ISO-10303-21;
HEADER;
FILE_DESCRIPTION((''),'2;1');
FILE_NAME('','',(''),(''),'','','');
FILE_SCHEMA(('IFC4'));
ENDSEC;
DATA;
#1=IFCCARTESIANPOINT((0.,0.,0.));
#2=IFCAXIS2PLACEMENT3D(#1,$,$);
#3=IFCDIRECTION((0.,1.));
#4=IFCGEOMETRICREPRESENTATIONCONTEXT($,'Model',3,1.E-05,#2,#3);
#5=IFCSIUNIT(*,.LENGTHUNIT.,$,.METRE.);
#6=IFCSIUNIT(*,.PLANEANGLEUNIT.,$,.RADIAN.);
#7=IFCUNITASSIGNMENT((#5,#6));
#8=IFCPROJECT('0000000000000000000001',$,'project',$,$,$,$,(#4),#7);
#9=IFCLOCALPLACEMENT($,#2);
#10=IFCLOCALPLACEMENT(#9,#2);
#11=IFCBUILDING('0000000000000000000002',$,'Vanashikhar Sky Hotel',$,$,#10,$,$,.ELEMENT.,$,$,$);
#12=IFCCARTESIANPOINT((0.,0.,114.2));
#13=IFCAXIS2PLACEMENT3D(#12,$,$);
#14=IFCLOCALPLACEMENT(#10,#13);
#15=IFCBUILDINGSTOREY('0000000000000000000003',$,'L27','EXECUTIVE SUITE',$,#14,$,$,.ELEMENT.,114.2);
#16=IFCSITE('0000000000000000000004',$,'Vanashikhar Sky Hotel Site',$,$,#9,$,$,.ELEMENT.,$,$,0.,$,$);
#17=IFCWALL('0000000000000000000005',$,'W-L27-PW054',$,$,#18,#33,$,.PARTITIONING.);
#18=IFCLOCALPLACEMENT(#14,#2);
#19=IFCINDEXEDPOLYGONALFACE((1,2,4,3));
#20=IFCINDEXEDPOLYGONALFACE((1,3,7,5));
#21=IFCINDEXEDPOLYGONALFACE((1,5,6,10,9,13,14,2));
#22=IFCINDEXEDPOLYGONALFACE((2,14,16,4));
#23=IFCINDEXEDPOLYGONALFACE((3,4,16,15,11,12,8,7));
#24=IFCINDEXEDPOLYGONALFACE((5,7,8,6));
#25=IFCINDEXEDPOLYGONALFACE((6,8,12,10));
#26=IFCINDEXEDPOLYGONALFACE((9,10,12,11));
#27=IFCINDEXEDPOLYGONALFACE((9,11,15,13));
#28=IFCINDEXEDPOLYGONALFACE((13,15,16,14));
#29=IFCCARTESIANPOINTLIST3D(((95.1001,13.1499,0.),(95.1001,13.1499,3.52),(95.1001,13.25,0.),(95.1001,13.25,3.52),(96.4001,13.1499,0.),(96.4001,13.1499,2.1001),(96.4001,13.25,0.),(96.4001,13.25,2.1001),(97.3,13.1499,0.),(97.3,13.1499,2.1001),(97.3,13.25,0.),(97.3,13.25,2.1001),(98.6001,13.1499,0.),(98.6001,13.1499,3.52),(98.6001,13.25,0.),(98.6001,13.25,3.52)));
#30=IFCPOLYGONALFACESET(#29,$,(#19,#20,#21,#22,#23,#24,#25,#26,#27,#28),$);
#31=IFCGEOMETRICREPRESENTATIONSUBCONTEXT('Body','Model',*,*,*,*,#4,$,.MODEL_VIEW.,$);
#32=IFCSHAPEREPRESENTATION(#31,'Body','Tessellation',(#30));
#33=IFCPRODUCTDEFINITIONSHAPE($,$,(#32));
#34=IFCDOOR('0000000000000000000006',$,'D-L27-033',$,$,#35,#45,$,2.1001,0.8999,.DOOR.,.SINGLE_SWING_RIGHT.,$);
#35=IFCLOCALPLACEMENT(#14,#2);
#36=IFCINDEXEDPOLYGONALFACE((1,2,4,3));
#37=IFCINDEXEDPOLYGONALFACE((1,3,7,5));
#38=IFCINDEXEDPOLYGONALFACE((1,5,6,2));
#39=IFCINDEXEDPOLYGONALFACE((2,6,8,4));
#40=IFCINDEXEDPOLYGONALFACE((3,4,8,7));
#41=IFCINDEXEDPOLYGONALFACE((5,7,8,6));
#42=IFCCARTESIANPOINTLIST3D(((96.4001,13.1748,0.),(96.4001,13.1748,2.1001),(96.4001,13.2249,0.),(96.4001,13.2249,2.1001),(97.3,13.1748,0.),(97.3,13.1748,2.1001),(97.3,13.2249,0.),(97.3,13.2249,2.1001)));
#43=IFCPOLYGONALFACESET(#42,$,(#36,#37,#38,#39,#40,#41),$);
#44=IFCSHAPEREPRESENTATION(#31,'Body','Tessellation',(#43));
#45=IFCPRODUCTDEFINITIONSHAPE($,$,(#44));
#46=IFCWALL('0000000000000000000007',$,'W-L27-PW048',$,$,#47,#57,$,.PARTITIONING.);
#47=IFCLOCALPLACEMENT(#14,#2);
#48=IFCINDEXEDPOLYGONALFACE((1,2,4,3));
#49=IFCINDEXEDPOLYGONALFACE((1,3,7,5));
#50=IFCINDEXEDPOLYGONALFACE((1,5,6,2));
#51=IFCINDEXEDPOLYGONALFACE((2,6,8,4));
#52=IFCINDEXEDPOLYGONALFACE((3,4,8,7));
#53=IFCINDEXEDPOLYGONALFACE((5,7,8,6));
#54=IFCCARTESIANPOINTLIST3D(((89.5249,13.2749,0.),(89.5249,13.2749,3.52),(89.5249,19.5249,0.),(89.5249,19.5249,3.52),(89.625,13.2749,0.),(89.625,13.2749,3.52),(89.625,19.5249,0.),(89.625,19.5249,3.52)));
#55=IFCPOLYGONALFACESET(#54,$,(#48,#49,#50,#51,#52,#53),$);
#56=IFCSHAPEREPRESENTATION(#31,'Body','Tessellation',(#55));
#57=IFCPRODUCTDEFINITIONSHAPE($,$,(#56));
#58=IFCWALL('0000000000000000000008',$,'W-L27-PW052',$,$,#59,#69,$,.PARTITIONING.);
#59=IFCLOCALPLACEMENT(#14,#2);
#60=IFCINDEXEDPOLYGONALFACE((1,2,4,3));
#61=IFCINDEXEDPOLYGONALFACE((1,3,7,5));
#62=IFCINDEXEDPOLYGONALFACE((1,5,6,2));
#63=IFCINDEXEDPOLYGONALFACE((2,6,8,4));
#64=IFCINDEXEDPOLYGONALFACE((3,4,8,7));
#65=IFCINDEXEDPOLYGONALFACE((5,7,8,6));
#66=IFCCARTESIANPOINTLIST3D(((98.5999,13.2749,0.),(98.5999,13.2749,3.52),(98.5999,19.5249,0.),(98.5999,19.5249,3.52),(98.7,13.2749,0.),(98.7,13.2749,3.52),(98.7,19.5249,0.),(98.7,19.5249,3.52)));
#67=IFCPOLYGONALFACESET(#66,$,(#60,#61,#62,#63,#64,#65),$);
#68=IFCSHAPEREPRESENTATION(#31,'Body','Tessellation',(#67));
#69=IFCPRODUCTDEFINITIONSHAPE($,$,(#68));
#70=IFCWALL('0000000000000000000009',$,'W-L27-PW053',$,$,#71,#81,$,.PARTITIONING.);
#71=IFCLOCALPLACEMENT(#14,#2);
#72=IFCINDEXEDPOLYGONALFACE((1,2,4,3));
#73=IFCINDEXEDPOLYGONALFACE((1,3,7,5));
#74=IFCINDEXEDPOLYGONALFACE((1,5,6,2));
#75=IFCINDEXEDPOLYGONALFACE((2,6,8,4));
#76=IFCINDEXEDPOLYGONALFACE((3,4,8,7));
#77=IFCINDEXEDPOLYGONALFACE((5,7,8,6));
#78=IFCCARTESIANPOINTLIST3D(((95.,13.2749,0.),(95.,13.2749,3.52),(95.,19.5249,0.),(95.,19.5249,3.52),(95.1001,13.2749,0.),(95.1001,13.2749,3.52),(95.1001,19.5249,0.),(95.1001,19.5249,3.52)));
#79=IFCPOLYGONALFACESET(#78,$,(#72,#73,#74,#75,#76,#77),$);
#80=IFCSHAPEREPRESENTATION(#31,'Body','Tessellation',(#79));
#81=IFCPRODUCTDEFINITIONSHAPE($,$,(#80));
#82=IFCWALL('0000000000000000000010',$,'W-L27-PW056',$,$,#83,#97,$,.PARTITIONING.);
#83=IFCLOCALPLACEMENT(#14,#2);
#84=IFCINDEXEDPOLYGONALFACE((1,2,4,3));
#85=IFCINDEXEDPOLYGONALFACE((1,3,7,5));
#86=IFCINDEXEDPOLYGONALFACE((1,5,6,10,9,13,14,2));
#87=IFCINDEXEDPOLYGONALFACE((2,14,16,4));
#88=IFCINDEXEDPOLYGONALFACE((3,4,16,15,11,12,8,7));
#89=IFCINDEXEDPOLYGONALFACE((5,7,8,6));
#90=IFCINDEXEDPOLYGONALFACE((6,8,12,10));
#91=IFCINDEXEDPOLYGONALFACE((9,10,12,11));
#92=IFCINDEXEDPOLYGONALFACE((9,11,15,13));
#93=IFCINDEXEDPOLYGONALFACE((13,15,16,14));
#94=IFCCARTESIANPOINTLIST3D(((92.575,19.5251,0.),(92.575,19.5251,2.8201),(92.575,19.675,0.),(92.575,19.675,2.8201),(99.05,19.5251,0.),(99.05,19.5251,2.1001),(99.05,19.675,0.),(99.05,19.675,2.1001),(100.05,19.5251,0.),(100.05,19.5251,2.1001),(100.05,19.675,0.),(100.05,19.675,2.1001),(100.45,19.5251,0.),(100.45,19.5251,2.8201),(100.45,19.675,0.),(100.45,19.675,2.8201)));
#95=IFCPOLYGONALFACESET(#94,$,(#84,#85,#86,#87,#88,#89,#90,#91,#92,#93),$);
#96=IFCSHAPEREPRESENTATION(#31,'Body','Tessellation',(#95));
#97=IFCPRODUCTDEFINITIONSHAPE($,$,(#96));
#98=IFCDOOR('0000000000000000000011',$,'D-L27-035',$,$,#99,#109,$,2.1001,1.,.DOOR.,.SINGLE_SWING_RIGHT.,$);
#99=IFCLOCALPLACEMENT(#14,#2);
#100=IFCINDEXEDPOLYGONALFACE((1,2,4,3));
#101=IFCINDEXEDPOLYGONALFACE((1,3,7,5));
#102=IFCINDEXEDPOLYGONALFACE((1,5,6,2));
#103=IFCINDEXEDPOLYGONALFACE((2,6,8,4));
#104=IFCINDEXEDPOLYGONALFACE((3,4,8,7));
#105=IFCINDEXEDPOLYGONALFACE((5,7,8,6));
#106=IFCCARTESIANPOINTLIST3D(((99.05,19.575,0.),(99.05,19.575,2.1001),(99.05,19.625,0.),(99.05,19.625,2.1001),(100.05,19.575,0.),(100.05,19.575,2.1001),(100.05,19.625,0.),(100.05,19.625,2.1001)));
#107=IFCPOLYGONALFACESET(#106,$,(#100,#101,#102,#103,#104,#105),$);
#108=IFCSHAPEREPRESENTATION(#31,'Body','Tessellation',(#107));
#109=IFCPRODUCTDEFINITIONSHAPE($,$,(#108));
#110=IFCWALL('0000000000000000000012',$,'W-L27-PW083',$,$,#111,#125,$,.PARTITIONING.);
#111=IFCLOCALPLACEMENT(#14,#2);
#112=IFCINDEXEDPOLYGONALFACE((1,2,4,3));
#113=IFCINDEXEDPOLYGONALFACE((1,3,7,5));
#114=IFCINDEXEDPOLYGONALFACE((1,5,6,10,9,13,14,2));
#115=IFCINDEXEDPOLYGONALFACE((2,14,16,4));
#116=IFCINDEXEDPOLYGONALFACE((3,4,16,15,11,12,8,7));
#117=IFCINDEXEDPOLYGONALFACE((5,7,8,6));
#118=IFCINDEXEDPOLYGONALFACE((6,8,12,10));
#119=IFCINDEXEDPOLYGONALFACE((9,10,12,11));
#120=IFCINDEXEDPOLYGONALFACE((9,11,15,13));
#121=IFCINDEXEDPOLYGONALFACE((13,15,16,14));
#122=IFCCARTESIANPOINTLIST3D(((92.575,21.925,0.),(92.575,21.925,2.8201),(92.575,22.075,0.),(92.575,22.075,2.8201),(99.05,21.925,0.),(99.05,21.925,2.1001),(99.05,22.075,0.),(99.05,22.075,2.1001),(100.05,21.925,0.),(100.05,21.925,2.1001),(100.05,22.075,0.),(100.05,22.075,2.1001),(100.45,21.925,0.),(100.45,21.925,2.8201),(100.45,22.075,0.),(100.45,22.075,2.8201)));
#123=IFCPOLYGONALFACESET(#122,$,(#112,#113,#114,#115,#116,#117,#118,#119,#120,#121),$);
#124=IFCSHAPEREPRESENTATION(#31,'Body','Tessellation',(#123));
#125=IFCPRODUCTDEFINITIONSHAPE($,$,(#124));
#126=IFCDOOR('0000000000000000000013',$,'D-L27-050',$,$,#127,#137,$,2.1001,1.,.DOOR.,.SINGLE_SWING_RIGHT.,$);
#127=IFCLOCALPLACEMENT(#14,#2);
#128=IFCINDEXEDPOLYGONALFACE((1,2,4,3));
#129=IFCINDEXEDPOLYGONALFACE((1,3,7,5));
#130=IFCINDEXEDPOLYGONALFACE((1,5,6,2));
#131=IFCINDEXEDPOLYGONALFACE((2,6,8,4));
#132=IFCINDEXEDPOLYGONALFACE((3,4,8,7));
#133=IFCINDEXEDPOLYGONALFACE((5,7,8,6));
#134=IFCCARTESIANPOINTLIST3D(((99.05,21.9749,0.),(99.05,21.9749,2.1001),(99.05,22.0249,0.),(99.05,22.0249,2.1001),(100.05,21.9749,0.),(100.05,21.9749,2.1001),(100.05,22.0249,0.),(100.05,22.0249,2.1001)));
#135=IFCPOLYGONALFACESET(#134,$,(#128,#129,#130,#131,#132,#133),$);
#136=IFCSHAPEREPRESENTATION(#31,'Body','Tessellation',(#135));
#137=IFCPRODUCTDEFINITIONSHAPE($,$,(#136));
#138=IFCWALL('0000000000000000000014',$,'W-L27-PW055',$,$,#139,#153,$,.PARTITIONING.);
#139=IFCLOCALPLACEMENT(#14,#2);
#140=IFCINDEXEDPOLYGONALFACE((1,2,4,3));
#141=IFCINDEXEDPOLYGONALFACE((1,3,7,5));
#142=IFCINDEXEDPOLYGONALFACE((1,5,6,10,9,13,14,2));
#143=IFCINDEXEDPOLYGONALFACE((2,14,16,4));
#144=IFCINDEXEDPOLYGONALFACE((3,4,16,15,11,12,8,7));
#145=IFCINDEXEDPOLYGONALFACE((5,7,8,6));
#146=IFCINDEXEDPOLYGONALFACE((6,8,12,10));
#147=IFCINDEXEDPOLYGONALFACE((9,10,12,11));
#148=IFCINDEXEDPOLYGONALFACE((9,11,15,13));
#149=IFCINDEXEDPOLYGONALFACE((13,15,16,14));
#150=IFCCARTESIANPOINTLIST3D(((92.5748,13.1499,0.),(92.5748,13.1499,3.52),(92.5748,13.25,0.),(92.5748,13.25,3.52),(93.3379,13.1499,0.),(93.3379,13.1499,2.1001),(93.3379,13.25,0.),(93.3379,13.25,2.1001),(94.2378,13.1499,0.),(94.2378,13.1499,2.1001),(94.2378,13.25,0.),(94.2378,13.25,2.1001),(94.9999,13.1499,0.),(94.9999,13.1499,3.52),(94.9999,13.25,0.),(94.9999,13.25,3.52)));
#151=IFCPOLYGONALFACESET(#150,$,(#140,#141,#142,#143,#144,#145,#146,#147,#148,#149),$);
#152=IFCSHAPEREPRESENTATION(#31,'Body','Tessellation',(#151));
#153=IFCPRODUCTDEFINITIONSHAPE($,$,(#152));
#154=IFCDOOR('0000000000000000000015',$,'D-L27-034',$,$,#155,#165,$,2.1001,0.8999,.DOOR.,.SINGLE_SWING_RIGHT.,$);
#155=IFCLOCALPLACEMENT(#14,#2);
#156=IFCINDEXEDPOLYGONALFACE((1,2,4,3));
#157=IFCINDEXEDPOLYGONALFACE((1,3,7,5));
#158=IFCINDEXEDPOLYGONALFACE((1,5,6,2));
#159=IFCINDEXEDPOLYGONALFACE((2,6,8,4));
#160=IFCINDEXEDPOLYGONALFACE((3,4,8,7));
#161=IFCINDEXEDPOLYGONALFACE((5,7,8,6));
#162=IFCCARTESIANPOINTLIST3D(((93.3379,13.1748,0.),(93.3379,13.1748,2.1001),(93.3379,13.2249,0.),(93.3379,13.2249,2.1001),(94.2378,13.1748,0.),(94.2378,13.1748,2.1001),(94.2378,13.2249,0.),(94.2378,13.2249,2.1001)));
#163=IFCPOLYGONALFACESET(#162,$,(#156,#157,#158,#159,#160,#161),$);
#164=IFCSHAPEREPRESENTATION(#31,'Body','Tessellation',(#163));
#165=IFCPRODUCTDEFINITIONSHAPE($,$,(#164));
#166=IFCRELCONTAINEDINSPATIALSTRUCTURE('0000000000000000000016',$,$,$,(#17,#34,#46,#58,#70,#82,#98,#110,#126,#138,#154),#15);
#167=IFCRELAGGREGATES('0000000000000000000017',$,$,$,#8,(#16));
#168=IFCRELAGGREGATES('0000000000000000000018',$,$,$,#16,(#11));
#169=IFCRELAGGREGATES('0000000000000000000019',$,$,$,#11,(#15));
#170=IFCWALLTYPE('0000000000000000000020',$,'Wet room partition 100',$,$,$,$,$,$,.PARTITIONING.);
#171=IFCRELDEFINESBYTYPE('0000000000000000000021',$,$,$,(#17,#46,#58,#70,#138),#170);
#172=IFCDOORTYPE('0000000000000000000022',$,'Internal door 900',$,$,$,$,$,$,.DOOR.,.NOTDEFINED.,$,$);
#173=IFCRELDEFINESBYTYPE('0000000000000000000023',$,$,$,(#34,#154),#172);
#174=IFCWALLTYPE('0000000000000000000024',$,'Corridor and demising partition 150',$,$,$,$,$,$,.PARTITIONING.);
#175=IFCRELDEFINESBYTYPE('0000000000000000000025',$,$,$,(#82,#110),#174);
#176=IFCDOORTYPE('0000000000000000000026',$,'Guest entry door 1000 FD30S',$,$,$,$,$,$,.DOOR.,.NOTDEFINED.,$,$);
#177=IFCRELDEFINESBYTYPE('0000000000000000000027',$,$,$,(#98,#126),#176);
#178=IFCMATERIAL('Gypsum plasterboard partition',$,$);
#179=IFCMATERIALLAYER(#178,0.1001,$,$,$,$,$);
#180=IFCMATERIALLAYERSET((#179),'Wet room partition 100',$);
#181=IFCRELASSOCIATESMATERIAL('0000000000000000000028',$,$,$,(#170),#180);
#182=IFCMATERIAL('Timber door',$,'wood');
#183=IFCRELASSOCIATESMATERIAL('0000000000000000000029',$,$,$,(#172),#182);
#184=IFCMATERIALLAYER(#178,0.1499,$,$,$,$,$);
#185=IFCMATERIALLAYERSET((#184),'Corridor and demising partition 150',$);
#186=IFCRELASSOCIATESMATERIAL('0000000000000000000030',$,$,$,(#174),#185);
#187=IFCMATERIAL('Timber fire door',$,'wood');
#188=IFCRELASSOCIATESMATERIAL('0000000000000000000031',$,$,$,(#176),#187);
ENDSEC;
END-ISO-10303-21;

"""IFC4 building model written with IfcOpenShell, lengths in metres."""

from ifc_helpers import new_model, si_unit, direction, frame, frame_2d, origin, place, context, subcontext, project, spatial, rectangle, extrude, source, transform, mapped, material, layer, layer_set, type_object, element, fill, save


model = new_model("IFC4")

# Units and contexts
model_context = context("Model", 3, precision=1e-05, world=origin(), true_north=direction((0.0, 1.0)))
body_context = subcontext(model_context, "Body", "Model", "MODEL_VIEW")
ifc_project = project(units=[si_unit("LENGTHUNIT", "METRE"), si_unit("PLANEANGLEUNIT", "RADIAN")], contexts=[model_context])

# Site, building, storey
site_placement = place(None, origin())
site = spatial("IfcSite", under=ifc_project, at=site_placement, Name="Vanashikhar Sky Hotel Site", CompositionType="ELEMENT", RefElevation=0.0)
building_placement = place(site_placement, origin())
building = spatial("IfcBuilding", under=site, at=building_placement, Name="Vanashikhar Sky Hotel", CompositionType="ELEMENT")
storey_placement = place(building_placement, frame((0.0, 0.0, 114.2)))
storey = spatial("IfcBuildingStorey", under=building, at=storey_placement, Name="L27", Description="EXECUTIVE SUITE", CompositionType="ELEMENT", Elevation=114.2)

# Wall, opening, door
ifc_material_1 = material(Name="Gypsum plasterboard partition")
ifc_layer_1 = layer(ifc_material_1, 0.1001)
ifc_layer_set_1 = layer_set([ifc_layer_1], Name="Wet room partition 100")
wall_type_1 = type_object("IfcWallType", Name="Wet room partition 100", PredefinedType="PARTITIONING", material=ifc_layer_set_1)
shared_shape_1 = source(origin(), body_context, "Body", "SweptSolid", [
    extrude(rectangle(XDim=3.5, YDim=0.1001, at=frame_2d((1.75, 0.0))), origin(), (0.0, 0.0, 1.0), 3.52),
])
wall_1_placement = place(storey_placement, frame((95.1001, 13.2, 0.0), z_axis=(0.0, 0.0, 1.0), x_axis=(1.0, 0.0, 0.0)))
wall_1 = element("IfcWall", 1, at=wall_1_placement, inside=storey, type_object=wall_type_1, Name="W-L27-PW054", PredefinedType="PARTITIONING", context=body_context, shape_type="MappedRepresentation", body=[
    mapped(shared_shape_1, transform((0.0, 0.0, 0.0), scale=1.0)),
])
shared_shape_2 = source(origin(), body_context, "Body", "SweptSolid", [
    extrude(rectangle(XDim=0.8999, YDim=2.1001, at=frame_2d((0.45, 1.05))), frame((0.0, 0.0601, 0.0), z_axis=(0.0, -1.0, 0.0), x_axis=(1.0, 0.0, 0.0)), (0.0, 0.0, 1.0), 0.1201),
])
opening_1_placement = place(wall_1_placement, frame((1.3, 0.0, 0.0)))
opening_1 = element("IfcOpeningElement", 2, at=opening_1_placement, cuts=wall_1, PredefinedType="OPENING", context=body_context, shape_type="MappedRepresentation", body=[
    mapped(shared_shape_2, transform((0.0, 0.0, 0.0), scale=1.0)),
])
ifc_material_2 = material(Name="Timber door", Category="wood")
door_type_1 = type_object("IfcDoorType", Name="Internal door 900", OperationType="NOTDEFINED", PredefinedType="DOOR", material=ifc_material_2)
shared_shape_3 = source(origin(), body_context, "Body", "SweptSolid", [
    extrude(rectangle(XDim=0.8999, YDim=2.1001, at=frame_2d((0.45, 1.05))), frame((0.0, 0.0249, 0.0), z_axis=(0.0, -1.0, 0.0), x_axis=(1.0, 0.0, 0.0)), (0.0, 0.0, 1.0), 0.05),
])
door_1_placement = place(opening_1_placement, origin())
door_1 = element("IfcDoor", 3, at=door_1_placement, inside=storey, type_object=door_type_1, Name="D-L27-033", OperationType="SINGLE_SWING_RIGHT", OverallHeight=2.1001, OverallWidth=0.8999, PredefinedType="DOOR", context=body_context, shape_type="MappedRepresentation", body=[
    mapped(shared_shape_3, transform((0.0, 0.0, 0.0), scale=1.0)),
])
fill(opening_1, door_1)

# Walls
shared_shape_4 = source(origin(), body_context, "Body", "SweptSolid", [
    extrude(rectangle(XDim=6.25, YDim=0.1001, at=frame_2d((3.125, 0.0))), origin(), (0.0, 0.0, 1.0), 3.52),
])
for number, where, z_axis, x_axis, name in (
    (4, (89.575, 13.2749, 0.0), (0.0, 0.0, 1.0), (0.0, 1.0, 0.0), "W-L27-PW048"),
    (5, (98.6499, 13.2749, 0.0), (0.0, 0.0, 1.0), (0.0, 1.0, 0.0), "W-L27-PW052"),
    (6, (95.05, 13.2749, 0.0), (0.0, 0.0, 1.0), (0.0, 1.0, 0.0), "W-L27-PW053"),
):
    element("IfcWall", number, at=place(storey_placement, frame(where, z_axis=z_axis, x_axis=x_axis)), inside=storey, type_object=wall_type_1, Name=name, PredefinedType="PARTITIONING", context=body_context, shape_type="MappedRepresentation", body=[
        mapped(shared_shape_4, transform((0.0, 0.0, 0.0), scale=1.0)),
    ])

# Walls, openings, doors
ifc_layer_2 = layer(ifc_material_1, 0.1499)
ifc_layer_set_2 = layer_set([ifc_layer_2], Name="Corridor and demising partition 150")
wall_type_2 = type_object("IfcWallType", Name="Corridor and demising partition 150", PredefinedType="PARTITIONING", material=ifc_layer_set_2)
shared_shape_5 = source(origin(), body_context, "Body", "SweptSolid", [
    extrude(rectangle(XDim=7.875, YDim=0.1499, at=frame_2d((3.9375, 0.0))), origin(), (0.0, 0.0, 1.0), 2.8201),
])
wall_2_placement = place(storey_placement, frame((92.575, 19.6001, 0.0), z_axis=(0.0, 0.0, 1.0), x_axis=(1.0, 0.0, 0.0)))
wall_2 = element("IfcWall", 7, at=wall_2_placement, inside=storey, type_object=wall_type_2, Name="W-L27-PW056", PredefinedType="PARTITIONING", context=body_context, shape_type="MappedRepresentation", body=[
    mapped(shared_shape_5, transform((0.0, 0.0, 0.0), scale=1.0)),
])
shared_shape_6 = source(origin(), body_context, "Body", "SweptSolid", [
    extrude(rectangle(XDim=1.0, YDim=2.1001, at=frame_2d((0.5, 1.05))), frame((0.0, 0.085, 0.0), z_axis=(0.0, -1.0, 0.0), x_axis=(1.0, 0.0, 0.0)), (0.0, 0.0, 1.0), 0.1699),
])
opening_2_placement = place(wall_2_placement, frame((6.4751, 0.0, 0.0)))
opening_2 = element("IfcOpeningElement", 8, at=opening_2_placement, cuts=wall_2, PredefinedType="OPENING", context=body_context, shape_type="MappedRepresentation", body=[
    mapped(shared_shape_6, transform((0.0, 0.0, 0.0), scale=1.0)),
])
ifc_material_3 = material(Name="Timber fire door", Category="wood")
door_type_2 = type_object("IfcDoorType", Name="Guest entry door 1000 FD30S", OperationType="NOTDEFINED", PredefinedType="DOOR", material=ifc_material_3)
shared_shape_7 = source(origin(), body_context, "Body", "SweptSolid", [
    extrude(rectangle(XDim=1.0, YDim=2.1001, at=frame_2d((0.5, 1.05))), frame((0.0, 0.0249, 0.0), z_axis=(0.0, -1.0, 0.0), x_axis=(1.0, 0.0, 0.0)), (0.0, 0.0, 1.0), 0.05),
])
door_2_placement = place(opening_2_placement, origin())
door_2 = element("IfcDoor", 9, at=door_2_placement, inside=storey, type_object=door_type_2, Name="D-L27-035", OperationType="SINGLE_SWING_RIGHT", OverallHeight=2.1001, OverallWidth=1.0, PredefinedType="DOOR", context=body_context, shape_type="MappedRepresentation", body=[
    mapped(shared_shape_7, transform((0.0, 0.0, 0.0), scale=1.0)),
])
fill(opening_2, door_2)
wall_3_placement = place(storey_placement, frame((92.575, 22.0, 0.0), z_axis=(0.0, 0.0, 1.0), x_axis=(1.0, 0.0, 0.0)))
wall_3 = element("IfcWall", 10, at=wall_3_placement, inside=storey, type_object=wall_type_2, Name="W-L27-PW083", PredefinedType="PARTITIONING", context=body_context, shape_type="MappedRepresentation", body=[
    mapped(shared_shape_5, transform((0.0, 0.0, 0.0), scale=1.0)),
])
opening_3_placement = place(wall_3_placement, frame((6.4751, 0.0, 0.0)))
opening_3 = element("IfcOpeningElement", 11, at=opening_3_placement, cuts=wall_3, PredefinedType="OPENING", context=body_context, shape_type="MappedRepresentation", body=[
    mapped(shared_shape_6, transform((0.0, 0.0, 0.0), scale=1.0)),
])
door_3_placement = place(opening_3_placement, origin())
door_3 = element("IfcDoor", 12, at=door_3_placement, inside=storey, type_object=door_type_2, Name="D-L27-050", OperationType="SINGLE_SWING_RIGHT", OverallHeight=2.1001, OverallWidth=1.0, PredefinedType="DOOR", context=body_context, shape_type="MappedRepresentation", body=[
    mapped(shared_shape_7, transform((0.0, 0.0, 0.0), scale=1.0)),
])
fill(opening_3, door_3)
shared_shape_8 = source(origin(), body_context, "Body", "SweptSolid", [
    extrude(rectangle(XDim=2.425, YDim=0.1001, at=frame_2d((1.2124, 0.0))), origin(), (0.0, 0.0, 1.0), 3.52),
])
wall_4_placement = place(storey_placement, frame((92.575, 13.2, 0.0), z_axis=(0.0, 0.0, 1.0), x_axis=(1.0, 0.0, 0.0)))
wall_4 = element("IfcWall", 13, at=wall_4_placement, inside=storey, type_object=wall_type_1, Name="W-L27-PW055", PredefinedType="PARTITIONING", context=body_context, shape_type="MappedRepresentation", body=[
    mapped(shared_shape_8, transform((0.0, 0.0, 0.0), scale=1.0)),
])
opening_4_placement = place(wall_4_placement, frame((0.7629, 0.0, 0.0)))
opening_4 = element("IfcOpeningElement", 14, at=opening_4_placement, cuts=wall_4, PredefinedType="OPENING", context=body_context, shape_type="MappedRepresentation", body=[
    mapped(shared_shape_2, transform((0.0, 0.0, 0.0), scale=1.0)),
])
door_4_placement = place(opening_4_placement, origin())
door_4 = element("IfcDoor", 15, at=door_4_placement, inside=storey, type_object=door_type_1, Name="D-L27-034", OperationType="SINGLE_SWING_RIGHT", OverallHeight=2.1001, OverallWidth=0.8999, PredefinedType="DOOR", context=body_context, shape_type="MappedRepresentation", body=[
    mapped(shared_shape_3, transform((0.0, 0.0, 0.0), scale=1.0)),
])
fill(opening_4, door_4)

save(model, "model.ifc")
